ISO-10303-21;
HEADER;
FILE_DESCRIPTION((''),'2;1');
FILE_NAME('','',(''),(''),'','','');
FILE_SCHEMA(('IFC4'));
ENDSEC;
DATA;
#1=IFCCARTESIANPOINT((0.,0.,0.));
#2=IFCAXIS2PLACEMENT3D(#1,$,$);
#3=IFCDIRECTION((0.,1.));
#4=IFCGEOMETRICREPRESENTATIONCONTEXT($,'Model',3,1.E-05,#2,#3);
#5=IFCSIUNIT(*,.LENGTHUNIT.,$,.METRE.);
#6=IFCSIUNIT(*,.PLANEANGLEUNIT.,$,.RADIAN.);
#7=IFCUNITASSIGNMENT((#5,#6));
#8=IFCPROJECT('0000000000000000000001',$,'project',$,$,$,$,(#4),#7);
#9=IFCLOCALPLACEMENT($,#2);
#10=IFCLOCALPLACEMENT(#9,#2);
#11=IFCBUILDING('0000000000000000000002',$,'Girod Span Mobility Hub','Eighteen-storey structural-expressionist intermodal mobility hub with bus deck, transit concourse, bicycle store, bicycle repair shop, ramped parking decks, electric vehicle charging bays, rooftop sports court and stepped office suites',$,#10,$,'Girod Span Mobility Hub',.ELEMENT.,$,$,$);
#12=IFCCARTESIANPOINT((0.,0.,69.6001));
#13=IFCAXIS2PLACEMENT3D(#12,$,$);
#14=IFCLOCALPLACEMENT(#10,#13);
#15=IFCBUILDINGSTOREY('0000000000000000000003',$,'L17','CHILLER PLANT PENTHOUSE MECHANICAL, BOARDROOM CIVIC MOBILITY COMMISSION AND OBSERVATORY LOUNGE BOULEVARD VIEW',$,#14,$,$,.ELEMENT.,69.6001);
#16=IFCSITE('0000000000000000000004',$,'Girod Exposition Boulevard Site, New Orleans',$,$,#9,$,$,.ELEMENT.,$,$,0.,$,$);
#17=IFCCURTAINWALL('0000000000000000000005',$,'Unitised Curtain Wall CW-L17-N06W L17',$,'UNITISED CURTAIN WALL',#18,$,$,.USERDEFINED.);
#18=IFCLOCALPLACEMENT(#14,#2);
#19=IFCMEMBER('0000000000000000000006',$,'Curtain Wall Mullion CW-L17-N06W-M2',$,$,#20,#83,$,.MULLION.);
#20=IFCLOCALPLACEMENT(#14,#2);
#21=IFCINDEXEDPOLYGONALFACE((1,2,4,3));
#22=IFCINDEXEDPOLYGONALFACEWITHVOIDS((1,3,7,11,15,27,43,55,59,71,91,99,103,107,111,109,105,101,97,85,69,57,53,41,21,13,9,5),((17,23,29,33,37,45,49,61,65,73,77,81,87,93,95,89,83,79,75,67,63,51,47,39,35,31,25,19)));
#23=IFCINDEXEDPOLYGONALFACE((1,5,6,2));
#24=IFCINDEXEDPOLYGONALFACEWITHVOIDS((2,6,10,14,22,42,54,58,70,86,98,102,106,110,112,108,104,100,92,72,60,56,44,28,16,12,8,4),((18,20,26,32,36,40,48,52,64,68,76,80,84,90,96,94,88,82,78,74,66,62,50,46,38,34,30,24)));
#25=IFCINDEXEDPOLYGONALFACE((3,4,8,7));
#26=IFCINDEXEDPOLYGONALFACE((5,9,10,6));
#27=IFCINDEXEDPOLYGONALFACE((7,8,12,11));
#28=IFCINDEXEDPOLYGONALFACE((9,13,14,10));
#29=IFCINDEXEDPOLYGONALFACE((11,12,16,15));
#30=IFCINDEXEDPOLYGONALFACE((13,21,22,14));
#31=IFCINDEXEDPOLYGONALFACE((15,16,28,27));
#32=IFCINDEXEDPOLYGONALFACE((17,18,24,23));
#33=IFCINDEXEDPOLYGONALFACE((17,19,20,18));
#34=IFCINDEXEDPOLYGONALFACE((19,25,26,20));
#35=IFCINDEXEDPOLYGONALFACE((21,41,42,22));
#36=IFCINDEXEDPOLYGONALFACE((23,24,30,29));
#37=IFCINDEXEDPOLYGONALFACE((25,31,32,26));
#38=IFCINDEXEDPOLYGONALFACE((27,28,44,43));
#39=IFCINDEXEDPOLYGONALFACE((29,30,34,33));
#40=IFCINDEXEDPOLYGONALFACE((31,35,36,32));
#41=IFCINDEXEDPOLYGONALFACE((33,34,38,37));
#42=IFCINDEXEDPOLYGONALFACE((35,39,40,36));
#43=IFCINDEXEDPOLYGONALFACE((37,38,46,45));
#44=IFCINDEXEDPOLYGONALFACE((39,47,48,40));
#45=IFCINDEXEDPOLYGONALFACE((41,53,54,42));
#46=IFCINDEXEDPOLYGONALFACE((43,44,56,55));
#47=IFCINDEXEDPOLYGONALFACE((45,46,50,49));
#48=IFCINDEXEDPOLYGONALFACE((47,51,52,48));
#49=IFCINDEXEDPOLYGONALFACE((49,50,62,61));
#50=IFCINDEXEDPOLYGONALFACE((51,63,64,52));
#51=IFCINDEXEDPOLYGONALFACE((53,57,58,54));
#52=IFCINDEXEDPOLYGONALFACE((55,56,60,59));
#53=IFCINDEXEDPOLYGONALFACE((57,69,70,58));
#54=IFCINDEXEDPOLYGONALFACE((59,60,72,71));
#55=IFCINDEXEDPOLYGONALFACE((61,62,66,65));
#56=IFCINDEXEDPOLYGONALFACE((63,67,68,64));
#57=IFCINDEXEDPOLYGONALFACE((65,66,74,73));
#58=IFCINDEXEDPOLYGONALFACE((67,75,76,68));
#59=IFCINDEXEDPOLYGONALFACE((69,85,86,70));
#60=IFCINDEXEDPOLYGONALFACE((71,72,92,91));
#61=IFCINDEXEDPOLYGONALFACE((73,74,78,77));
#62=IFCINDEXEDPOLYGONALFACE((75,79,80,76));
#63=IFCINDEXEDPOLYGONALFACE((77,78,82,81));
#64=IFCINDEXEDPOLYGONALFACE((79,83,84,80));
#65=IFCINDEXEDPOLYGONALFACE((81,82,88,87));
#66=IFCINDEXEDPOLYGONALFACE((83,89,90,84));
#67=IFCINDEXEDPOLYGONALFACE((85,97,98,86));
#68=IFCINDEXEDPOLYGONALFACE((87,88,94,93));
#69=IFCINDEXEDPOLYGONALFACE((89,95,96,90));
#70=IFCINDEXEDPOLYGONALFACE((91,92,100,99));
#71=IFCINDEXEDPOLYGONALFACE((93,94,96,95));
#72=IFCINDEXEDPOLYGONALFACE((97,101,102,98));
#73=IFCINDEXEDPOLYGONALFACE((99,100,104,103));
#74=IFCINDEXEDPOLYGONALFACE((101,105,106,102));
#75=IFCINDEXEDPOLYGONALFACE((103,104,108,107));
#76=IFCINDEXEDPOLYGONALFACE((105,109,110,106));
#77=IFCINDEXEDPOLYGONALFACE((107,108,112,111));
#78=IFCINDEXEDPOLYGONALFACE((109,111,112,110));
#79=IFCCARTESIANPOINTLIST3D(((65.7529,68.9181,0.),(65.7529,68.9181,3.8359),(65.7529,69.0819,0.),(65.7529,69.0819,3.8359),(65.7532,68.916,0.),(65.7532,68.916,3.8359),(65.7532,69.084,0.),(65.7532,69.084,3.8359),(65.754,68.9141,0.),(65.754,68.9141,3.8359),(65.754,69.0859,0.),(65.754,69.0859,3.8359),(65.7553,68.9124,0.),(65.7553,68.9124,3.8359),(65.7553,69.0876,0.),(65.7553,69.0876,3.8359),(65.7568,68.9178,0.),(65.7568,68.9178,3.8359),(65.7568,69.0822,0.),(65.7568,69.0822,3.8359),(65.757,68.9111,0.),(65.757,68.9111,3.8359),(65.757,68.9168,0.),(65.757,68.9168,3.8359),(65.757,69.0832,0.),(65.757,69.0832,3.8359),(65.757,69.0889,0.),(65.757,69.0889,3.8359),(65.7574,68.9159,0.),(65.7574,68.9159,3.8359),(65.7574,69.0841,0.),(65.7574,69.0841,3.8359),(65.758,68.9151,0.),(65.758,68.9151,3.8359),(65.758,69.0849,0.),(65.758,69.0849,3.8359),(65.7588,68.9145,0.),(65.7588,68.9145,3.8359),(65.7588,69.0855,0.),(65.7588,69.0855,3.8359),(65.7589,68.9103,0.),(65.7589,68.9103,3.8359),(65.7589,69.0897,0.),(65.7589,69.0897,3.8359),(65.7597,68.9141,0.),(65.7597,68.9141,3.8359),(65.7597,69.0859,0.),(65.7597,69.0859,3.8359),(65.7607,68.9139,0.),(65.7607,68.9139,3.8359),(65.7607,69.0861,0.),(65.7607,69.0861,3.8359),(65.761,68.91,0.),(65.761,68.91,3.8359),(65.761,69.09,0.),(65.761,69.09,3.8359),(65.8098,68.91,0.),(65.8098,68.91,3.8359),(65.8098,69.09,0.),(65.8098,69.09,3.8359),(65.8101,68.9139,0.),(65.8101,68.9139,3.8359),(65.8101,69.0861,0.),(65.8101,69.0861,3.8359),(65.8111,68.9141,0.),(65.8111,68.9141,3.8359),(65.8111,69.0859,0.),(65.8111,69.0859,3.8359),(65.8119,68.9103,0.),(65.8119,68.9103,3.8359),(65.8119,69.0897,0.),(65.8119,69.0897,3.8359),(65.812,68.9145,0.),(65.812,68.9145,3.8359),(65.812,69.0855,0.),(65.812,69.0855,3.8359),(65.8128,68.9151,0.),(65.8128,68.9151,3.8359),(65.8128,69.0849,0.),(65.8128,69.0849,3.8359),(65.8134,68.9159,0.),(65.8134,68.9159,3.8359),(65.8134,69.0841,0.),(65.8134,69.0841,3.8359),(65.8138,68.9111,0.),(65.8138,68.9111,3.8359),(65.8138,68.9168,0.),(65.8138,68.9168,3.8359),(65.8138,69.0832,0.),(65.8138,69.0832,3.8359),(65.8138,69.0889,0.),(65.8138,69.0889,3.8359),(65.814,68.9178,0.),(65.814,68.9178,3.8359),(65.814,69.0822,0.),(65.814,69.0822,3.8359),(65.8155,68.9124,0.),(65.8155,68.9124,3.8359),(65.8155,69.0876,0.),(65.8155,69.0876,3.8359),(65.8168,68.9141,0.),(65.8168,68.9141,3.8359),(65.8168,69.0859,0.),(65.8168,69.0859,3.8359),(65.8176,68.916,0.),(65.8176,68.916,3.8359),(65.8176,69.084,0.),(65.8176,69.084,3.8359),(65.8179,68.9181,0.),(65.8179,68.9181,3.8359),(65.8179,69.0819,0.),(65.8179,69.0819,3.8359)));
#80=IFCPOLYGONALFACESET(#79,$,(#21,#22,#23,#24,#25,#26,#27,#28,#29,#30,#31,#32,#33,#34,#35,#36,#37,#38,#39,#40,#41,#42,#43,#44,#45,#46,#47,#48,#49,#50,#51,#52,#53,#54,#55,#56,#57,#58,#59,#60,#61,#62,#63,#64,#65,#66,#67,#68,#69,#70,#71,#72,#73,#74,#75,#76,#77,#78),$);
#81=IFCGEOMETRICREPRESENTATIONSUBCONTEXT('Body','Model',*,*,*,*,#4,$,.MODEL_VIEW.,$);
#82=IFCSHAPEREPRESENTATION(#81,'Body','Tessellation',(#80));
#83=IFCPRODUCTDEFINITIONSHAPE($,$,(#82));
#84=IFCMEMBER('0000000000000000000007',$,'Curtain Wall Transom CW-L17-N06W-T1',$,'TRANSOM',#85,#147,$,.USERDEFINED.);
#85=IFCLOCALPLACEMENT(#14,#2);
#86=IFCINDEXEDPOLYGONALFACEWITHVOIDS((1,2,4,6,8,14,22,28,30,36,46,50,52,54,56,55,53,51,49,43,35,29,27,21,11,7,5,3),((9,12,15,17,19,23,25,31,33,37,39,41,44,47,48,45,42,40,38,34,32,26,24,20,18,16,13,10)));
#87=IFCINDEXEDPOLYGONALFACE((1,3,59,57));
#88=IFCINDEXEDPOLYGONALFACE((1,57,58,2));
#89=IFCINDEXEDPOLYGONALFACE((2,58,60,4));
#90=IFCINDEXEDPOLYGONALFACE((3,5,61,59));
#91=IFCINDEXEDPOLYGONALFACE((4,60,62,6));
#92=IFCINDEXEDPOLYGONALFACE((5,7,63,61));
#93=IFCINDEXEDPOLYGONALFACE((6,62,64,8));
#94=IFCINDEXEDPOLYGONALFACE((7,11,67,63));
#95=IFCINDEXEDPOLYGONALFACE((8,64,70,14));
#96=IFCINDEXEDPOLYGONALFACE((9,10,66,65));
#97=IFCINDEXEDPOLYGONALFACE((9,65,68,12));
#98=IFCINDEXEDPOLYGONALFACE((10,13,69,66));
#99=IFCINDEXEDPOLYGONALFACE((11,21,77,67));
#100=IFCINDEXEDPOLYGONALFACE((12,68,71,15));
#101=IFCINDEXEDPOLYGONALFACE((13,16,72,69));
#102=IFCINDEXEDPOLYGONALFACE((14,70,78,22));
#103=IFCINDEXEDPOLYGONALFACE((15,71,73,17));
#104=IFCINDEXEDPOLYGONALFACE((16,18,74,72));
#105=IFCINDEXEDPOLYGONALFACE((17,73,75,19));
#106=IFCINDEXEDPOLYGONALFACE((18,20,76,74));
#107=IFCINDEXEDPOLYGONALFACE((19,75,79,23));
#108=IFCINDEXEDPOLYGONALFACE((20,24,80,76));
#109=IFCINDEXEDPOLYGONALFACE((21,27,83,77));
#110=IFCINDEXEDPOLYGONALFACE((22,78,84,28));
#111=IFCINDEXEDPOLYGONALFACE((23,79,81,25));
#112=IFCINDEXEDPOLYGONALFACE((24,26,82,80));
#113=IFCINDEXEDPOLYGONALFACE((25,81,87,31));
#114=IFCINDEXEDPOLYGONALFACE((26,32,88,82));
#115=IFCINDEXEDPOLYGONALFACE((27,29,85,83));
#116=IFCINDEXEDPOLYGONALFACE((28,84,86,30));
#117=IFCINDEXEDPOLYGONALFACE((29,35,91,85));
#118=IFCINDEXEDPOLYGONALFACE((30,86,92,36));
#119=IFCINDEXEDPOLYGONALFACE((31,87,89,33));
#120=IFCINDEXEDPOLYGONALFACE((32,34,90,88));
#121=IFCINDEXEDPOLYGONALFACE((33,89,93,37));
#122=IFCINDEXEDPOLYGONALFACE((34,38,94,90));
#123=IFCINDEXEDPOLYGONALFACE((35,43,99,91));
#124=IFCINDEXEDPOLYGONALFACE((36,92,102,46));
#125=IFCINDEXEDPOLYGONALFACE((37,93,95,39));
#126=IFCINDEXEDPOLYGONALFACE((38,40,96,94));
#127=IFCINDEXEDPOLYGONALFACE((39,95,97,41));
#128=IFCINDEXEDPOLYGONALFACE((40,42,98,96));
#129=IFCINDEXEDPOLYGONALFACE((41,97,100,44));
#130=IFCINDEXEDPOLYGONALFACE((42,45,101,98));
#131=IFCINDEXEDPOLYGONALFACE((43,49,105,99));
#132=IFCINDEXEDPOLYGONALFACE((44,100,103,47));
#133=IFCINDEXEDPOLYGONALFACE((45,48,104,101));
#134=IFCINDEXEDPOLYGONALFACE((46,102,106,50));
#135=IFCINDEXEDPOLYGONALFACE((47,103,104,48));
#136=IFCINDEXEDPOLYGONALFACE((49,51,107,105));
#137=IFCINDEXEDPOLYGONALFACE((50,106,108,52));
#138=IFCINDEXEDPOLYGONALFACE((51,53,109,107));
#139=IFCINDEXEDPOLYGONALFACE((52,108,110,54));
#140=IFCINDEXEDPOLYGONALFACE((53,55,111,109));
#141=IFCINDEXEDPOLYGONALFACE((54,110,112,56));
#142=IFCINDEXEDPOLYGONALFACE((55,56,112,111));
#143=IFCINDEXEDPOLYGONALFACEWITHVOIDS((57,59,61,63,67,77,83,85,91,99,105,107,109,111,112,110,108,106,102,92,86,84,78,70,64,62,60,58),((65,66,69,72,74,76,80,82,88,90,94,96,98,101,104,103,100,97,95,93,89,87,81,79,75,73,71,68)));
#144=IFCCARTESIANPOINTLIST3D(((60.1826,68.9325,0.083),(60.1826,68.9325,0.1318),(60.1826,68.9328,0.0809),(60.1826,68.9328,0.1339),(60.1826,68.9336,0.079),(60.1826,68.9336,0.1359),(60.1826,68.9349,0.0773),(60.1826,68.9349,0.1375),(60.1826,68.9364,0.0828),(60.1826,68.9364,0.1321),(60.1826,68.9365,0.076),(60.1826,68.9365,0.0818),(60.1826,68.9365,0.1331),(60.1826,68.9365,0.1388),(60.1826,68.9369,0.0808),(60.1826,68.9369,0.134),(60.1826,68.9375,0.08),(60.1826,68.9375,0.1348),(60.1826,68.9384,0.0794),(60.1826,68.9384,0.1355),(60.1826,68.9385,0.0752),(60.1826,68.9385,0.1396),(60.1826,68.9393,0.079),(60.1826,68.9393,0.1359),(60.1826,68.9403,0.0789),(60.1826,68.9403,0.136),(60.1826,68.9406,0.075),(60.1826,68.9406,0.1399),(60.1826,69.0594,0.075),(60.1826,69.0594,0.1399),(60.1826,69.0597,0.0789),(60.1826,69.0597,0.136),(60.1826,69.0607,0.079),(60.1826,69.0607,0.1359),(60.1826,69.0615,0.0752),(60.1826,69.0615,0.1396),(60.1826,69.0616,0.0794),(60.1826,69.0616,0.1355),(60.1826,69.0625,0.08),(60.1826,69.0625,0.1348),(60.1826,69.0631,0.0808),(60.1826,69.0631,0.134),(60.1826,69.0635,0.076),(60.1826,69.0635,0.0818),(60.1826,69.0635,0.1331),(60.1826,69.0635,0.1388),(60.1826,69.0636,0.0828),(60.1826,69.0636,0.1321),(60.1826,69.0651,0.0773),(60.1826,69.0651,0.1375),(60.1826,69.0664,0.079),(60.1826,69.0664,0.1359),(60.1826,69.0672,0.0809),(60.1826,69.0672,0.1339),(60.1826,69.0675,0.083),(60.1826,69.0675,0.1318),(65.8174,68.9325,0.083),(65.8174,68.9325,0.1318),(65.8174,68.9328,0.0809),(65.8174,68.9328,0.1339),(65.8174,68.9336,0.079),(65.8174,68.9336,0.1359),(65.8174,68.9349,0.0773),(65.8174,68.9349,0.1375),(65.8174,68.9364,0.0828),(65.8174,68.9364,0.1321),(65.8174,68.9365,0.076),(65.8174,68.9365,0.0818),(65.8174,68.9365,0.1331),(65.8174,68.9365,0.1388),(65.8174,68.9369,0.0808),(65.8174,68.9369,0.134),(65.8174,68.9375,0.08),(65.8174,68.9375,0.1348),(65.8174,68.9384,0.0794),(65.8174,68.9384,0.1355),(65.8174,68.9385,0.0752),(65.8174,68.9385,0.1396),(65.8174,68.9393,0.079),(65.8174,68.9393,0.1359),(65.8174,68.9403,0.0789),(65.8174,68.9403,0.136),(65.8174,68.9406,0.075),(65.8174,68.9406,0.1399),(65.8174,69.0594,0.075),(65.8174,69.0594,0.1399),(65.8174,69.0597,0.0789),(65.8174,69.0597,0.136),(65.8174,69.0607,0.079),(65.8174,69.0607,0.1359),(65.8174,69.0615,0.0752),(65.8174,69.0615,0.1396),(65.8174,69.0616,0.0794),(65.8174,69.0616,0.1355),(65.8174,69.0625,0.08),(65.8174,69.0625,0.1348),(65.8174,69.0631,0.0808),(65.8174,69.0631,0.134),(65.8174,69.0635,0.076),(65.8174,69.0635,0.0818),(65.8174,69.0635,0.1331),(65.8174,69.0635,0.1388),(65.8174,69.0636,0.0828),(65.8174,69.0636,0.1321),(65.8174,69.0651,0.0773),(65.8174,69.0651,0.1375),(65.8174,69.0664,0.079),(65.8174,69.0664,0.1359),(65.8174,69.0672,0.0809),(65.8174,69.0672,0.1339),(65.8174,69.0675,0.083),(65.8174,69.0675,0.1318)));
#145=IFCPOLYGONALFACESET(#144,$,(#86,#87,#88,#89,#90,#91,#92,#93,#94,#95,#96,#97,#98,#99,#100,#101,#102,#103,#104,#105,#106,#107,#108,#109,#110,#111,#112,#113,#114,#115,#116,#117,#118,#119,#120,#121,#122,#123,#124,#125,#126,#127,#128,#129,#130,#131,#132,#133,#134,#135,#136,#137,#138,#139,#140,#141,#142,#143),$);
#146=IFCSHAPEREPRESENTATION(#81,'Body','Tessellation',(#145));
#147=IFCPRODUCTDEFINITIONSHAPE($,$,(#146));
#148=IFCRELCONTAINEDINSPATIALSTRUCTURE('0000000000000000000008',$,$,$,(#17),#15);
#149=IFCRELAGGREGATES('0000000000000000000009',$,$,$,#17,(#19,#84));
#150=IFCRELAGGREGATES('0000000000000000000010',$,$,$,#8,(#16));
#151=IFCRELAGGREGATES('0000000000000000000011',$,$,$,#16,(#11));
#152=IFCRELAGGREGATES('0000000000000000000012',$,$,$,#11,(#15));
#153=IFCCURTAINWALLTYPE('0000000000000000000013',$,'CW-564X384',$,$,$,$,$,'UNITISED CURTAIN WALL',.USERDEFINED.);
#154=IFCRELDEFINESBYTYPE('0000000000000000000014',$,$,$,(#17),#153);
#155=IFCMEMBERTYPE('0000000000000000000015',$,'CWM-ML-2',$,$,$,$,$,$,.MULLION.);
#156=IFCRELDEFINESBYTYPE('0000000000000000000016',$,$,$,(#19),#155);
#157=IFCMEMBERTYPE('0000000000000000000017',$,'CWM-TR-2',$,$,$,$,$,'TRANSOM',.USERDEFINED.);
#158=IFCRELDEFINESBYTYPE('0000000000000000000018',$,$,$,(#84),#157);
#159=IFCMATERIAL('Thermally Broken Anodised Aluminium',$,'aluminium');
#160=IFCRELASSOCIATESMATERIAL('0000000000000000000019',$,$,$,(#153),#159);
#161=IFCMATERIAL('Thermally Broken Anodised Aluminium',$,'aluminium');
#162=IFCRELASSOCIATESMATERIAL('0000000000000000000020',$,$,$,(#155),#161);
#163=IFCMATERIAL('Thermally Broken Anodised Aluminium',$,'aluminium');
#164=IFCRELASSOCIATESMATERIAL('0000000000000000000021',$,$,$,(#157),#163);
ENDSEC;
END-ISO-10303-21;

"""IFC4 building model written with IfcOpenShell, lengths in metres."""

from ifc_helpers import new_model, si_unit, direction, frame, origin, origin_2d, place, context, subcontext, project, spatial, hollow_rectangle, extrude, material, material_profile, profile_set, type_object, element, aggregate, save


model = new_model("IFC4")

# Units and contexts
model_context = context("Model", 3, precision=1e-05, world=origin(), true_north=direction((0.0, 1.0)))
body_context = subcontext(model_context, "Body", "Model", "MODEL_VIEW")
ifc_project = project(units=[si_unit("LENGTHUNIT", "METRE"), si_unit("PLANEANGLEUNIT", "RADIAN")], contexts=[model_context])

# Site, building, storey
site_placement = place(None, origin())
site = spatial("IfcSite", under=ifc_project, at=site_placement, Name="Girod Exposition Boulevard Site, New Orleans", CompositionType="ELEMENT", RefElevation=0.0)
building_placement = place(site_placement, origin())
building = spatial("IfcBuilding", under=site, at=building_placement, Name="Girod Span Mobility Hub", Description="Eighteen-storey structural-expressionist intermodal mobility hub with bus deck, transit concourse, bicycle store, bicycle repair shop, ramped parking decks, electric vehicle charging bays, rooftop sports court and stepped office suites", LongName="Girod Span Mobility Hub", CompositionType="ELEMENT")
storey_placement = place(building_placement, frame((0.0, 0.0, 69.6001)))
storey = spatial("IfcBuildingStorey", under=building, at=storey_placement, Name="L17", Description="CHILLER PLANT PENTHOUSE MECHANICAL, BOARDROOM CIVIC MOBILITY COMMISSION AND OBSERVATORY LOUNGE BOULEVARD VIEW", CompositionType="ELEMENT", Elevation=69.6001)

# Curtain wall, members
ifc_material_1 = material(Name="Thermally Broken Anodised Aluminium", Category="aluminium")
curtain_wall_type = type_object("IfcCurtainWallType", Name="CW-564X384", ElementType="UNITISED CURTAIN WALL", PredefinedType="USERDEFINED", material=ifc_material_1)
curtain_wall_placement = place(storey_placement, origin())
curtain_wall = element("IfcCurtainWall", 1, at=curtain_wall_placement, inside=storey, type_object=curtain_wall_type, Name="Unitised Curtain Wall CW-L17-N06W L17", ObjectType="UNITISED CURTAIN WALL", PredefinedType="USERDEFINED")
ifc_material_2 = material(Name="Thermally Broken Anodised Aluminium", Category="aluminium")
ifc_material_profile_1 = material_profile(ifc_material_2, hollow_rectangle(XDim=0.1799, YDim=0.0649, WallThickness=0.0039, InnerFilletRadius=0.0039, OuterFilletRadius=0.0081, at=origin_2d()), Name="CW-ML-65X180")
ifc_profile_set_1 = profile_set([ifc_material_profile_1], Name="Thermally Broken Anodised Aluminium")
member_type_1 = type_object("IfcMemberType", Name="CWM-ML-2", PredefinedType="MULLION", material=ifc_profile_set_1)
member_1_placement = place(storey_placement, frame((65.7854, 69.0, 0.0), z_axis=(0.0, 0.0, 1.0), x_axis=(0.0, 1.0, 0.0)))
member_1 = element("IfcMember", 2, at=member_1_placement, type_object=member_type_1, Name="Curtain Wall Mullion CW-L17-N06W-M2", PredefinedType="MULLION", context=body_context, shape_type="SweptSolid", body=[
    extrude(hollow_rectangle(XDim=0.1799, YDim=0.0649, WallThickness=0.0039, InnerFilletRadius=0.0039, OuterFilletRadius=0.0081, at=origin_2d()), origin(), (0.0, 0.0, 1.0), 3.8359),
])
ifc_material_3 = material(Name="Thermally Broken Anodised Aluminium", Category="aluminium")
ifc_material_profile_2 = material_profile(ifc_material_3, hollow_rectangle(XDim=0.135, YDim=0.0649, WallThickness=0.0039, InnerFilletRadius=0.0039, OuterFilletRadius=0.0081, at=origin_2d()), Name="CW-TR-65X135")
ifc_profile_set_2 = profile_set([ifc_material_profile_2], Name="Thermally Broken Anodised Aluminium")
member_type_2 = type_object("IfcMemberType", Name="CWM-TR-2", ElementType="TRANSOM", PredefinedType="USERDEFINED", material=ifc_profile_set_2)
member_2_placement = place(storey_placement, frame((60.1826, 69.0, 0.1074), z_axis=(1.0, 0.0, 0.0), x_axis=(0.0, 1.0, 0.0)))
member_2 = element("IfcMember", 3, at=member_2_placement, type_object=member_type_2, Name="Curtain Wall Transom CW-L17-N06W-T1", ObjectType="TRANSOM", PredefinedType="USERDEFINED", context=body_context, shape_type="SweptSolid", body=[
    extrude(hollow_rectangle(XDim=0.135, YDim=0.0649, WallThickness=0.0039, InnerFilletRadius=0.0039, OuterFilletRadius=0.0081, at=origin_2d()), origin(), (0.0, 0.0, 1.0), 5.6348),
])
aggregate(curtain_wall, [member_1, member_2])

save(model, "model.ifc")
